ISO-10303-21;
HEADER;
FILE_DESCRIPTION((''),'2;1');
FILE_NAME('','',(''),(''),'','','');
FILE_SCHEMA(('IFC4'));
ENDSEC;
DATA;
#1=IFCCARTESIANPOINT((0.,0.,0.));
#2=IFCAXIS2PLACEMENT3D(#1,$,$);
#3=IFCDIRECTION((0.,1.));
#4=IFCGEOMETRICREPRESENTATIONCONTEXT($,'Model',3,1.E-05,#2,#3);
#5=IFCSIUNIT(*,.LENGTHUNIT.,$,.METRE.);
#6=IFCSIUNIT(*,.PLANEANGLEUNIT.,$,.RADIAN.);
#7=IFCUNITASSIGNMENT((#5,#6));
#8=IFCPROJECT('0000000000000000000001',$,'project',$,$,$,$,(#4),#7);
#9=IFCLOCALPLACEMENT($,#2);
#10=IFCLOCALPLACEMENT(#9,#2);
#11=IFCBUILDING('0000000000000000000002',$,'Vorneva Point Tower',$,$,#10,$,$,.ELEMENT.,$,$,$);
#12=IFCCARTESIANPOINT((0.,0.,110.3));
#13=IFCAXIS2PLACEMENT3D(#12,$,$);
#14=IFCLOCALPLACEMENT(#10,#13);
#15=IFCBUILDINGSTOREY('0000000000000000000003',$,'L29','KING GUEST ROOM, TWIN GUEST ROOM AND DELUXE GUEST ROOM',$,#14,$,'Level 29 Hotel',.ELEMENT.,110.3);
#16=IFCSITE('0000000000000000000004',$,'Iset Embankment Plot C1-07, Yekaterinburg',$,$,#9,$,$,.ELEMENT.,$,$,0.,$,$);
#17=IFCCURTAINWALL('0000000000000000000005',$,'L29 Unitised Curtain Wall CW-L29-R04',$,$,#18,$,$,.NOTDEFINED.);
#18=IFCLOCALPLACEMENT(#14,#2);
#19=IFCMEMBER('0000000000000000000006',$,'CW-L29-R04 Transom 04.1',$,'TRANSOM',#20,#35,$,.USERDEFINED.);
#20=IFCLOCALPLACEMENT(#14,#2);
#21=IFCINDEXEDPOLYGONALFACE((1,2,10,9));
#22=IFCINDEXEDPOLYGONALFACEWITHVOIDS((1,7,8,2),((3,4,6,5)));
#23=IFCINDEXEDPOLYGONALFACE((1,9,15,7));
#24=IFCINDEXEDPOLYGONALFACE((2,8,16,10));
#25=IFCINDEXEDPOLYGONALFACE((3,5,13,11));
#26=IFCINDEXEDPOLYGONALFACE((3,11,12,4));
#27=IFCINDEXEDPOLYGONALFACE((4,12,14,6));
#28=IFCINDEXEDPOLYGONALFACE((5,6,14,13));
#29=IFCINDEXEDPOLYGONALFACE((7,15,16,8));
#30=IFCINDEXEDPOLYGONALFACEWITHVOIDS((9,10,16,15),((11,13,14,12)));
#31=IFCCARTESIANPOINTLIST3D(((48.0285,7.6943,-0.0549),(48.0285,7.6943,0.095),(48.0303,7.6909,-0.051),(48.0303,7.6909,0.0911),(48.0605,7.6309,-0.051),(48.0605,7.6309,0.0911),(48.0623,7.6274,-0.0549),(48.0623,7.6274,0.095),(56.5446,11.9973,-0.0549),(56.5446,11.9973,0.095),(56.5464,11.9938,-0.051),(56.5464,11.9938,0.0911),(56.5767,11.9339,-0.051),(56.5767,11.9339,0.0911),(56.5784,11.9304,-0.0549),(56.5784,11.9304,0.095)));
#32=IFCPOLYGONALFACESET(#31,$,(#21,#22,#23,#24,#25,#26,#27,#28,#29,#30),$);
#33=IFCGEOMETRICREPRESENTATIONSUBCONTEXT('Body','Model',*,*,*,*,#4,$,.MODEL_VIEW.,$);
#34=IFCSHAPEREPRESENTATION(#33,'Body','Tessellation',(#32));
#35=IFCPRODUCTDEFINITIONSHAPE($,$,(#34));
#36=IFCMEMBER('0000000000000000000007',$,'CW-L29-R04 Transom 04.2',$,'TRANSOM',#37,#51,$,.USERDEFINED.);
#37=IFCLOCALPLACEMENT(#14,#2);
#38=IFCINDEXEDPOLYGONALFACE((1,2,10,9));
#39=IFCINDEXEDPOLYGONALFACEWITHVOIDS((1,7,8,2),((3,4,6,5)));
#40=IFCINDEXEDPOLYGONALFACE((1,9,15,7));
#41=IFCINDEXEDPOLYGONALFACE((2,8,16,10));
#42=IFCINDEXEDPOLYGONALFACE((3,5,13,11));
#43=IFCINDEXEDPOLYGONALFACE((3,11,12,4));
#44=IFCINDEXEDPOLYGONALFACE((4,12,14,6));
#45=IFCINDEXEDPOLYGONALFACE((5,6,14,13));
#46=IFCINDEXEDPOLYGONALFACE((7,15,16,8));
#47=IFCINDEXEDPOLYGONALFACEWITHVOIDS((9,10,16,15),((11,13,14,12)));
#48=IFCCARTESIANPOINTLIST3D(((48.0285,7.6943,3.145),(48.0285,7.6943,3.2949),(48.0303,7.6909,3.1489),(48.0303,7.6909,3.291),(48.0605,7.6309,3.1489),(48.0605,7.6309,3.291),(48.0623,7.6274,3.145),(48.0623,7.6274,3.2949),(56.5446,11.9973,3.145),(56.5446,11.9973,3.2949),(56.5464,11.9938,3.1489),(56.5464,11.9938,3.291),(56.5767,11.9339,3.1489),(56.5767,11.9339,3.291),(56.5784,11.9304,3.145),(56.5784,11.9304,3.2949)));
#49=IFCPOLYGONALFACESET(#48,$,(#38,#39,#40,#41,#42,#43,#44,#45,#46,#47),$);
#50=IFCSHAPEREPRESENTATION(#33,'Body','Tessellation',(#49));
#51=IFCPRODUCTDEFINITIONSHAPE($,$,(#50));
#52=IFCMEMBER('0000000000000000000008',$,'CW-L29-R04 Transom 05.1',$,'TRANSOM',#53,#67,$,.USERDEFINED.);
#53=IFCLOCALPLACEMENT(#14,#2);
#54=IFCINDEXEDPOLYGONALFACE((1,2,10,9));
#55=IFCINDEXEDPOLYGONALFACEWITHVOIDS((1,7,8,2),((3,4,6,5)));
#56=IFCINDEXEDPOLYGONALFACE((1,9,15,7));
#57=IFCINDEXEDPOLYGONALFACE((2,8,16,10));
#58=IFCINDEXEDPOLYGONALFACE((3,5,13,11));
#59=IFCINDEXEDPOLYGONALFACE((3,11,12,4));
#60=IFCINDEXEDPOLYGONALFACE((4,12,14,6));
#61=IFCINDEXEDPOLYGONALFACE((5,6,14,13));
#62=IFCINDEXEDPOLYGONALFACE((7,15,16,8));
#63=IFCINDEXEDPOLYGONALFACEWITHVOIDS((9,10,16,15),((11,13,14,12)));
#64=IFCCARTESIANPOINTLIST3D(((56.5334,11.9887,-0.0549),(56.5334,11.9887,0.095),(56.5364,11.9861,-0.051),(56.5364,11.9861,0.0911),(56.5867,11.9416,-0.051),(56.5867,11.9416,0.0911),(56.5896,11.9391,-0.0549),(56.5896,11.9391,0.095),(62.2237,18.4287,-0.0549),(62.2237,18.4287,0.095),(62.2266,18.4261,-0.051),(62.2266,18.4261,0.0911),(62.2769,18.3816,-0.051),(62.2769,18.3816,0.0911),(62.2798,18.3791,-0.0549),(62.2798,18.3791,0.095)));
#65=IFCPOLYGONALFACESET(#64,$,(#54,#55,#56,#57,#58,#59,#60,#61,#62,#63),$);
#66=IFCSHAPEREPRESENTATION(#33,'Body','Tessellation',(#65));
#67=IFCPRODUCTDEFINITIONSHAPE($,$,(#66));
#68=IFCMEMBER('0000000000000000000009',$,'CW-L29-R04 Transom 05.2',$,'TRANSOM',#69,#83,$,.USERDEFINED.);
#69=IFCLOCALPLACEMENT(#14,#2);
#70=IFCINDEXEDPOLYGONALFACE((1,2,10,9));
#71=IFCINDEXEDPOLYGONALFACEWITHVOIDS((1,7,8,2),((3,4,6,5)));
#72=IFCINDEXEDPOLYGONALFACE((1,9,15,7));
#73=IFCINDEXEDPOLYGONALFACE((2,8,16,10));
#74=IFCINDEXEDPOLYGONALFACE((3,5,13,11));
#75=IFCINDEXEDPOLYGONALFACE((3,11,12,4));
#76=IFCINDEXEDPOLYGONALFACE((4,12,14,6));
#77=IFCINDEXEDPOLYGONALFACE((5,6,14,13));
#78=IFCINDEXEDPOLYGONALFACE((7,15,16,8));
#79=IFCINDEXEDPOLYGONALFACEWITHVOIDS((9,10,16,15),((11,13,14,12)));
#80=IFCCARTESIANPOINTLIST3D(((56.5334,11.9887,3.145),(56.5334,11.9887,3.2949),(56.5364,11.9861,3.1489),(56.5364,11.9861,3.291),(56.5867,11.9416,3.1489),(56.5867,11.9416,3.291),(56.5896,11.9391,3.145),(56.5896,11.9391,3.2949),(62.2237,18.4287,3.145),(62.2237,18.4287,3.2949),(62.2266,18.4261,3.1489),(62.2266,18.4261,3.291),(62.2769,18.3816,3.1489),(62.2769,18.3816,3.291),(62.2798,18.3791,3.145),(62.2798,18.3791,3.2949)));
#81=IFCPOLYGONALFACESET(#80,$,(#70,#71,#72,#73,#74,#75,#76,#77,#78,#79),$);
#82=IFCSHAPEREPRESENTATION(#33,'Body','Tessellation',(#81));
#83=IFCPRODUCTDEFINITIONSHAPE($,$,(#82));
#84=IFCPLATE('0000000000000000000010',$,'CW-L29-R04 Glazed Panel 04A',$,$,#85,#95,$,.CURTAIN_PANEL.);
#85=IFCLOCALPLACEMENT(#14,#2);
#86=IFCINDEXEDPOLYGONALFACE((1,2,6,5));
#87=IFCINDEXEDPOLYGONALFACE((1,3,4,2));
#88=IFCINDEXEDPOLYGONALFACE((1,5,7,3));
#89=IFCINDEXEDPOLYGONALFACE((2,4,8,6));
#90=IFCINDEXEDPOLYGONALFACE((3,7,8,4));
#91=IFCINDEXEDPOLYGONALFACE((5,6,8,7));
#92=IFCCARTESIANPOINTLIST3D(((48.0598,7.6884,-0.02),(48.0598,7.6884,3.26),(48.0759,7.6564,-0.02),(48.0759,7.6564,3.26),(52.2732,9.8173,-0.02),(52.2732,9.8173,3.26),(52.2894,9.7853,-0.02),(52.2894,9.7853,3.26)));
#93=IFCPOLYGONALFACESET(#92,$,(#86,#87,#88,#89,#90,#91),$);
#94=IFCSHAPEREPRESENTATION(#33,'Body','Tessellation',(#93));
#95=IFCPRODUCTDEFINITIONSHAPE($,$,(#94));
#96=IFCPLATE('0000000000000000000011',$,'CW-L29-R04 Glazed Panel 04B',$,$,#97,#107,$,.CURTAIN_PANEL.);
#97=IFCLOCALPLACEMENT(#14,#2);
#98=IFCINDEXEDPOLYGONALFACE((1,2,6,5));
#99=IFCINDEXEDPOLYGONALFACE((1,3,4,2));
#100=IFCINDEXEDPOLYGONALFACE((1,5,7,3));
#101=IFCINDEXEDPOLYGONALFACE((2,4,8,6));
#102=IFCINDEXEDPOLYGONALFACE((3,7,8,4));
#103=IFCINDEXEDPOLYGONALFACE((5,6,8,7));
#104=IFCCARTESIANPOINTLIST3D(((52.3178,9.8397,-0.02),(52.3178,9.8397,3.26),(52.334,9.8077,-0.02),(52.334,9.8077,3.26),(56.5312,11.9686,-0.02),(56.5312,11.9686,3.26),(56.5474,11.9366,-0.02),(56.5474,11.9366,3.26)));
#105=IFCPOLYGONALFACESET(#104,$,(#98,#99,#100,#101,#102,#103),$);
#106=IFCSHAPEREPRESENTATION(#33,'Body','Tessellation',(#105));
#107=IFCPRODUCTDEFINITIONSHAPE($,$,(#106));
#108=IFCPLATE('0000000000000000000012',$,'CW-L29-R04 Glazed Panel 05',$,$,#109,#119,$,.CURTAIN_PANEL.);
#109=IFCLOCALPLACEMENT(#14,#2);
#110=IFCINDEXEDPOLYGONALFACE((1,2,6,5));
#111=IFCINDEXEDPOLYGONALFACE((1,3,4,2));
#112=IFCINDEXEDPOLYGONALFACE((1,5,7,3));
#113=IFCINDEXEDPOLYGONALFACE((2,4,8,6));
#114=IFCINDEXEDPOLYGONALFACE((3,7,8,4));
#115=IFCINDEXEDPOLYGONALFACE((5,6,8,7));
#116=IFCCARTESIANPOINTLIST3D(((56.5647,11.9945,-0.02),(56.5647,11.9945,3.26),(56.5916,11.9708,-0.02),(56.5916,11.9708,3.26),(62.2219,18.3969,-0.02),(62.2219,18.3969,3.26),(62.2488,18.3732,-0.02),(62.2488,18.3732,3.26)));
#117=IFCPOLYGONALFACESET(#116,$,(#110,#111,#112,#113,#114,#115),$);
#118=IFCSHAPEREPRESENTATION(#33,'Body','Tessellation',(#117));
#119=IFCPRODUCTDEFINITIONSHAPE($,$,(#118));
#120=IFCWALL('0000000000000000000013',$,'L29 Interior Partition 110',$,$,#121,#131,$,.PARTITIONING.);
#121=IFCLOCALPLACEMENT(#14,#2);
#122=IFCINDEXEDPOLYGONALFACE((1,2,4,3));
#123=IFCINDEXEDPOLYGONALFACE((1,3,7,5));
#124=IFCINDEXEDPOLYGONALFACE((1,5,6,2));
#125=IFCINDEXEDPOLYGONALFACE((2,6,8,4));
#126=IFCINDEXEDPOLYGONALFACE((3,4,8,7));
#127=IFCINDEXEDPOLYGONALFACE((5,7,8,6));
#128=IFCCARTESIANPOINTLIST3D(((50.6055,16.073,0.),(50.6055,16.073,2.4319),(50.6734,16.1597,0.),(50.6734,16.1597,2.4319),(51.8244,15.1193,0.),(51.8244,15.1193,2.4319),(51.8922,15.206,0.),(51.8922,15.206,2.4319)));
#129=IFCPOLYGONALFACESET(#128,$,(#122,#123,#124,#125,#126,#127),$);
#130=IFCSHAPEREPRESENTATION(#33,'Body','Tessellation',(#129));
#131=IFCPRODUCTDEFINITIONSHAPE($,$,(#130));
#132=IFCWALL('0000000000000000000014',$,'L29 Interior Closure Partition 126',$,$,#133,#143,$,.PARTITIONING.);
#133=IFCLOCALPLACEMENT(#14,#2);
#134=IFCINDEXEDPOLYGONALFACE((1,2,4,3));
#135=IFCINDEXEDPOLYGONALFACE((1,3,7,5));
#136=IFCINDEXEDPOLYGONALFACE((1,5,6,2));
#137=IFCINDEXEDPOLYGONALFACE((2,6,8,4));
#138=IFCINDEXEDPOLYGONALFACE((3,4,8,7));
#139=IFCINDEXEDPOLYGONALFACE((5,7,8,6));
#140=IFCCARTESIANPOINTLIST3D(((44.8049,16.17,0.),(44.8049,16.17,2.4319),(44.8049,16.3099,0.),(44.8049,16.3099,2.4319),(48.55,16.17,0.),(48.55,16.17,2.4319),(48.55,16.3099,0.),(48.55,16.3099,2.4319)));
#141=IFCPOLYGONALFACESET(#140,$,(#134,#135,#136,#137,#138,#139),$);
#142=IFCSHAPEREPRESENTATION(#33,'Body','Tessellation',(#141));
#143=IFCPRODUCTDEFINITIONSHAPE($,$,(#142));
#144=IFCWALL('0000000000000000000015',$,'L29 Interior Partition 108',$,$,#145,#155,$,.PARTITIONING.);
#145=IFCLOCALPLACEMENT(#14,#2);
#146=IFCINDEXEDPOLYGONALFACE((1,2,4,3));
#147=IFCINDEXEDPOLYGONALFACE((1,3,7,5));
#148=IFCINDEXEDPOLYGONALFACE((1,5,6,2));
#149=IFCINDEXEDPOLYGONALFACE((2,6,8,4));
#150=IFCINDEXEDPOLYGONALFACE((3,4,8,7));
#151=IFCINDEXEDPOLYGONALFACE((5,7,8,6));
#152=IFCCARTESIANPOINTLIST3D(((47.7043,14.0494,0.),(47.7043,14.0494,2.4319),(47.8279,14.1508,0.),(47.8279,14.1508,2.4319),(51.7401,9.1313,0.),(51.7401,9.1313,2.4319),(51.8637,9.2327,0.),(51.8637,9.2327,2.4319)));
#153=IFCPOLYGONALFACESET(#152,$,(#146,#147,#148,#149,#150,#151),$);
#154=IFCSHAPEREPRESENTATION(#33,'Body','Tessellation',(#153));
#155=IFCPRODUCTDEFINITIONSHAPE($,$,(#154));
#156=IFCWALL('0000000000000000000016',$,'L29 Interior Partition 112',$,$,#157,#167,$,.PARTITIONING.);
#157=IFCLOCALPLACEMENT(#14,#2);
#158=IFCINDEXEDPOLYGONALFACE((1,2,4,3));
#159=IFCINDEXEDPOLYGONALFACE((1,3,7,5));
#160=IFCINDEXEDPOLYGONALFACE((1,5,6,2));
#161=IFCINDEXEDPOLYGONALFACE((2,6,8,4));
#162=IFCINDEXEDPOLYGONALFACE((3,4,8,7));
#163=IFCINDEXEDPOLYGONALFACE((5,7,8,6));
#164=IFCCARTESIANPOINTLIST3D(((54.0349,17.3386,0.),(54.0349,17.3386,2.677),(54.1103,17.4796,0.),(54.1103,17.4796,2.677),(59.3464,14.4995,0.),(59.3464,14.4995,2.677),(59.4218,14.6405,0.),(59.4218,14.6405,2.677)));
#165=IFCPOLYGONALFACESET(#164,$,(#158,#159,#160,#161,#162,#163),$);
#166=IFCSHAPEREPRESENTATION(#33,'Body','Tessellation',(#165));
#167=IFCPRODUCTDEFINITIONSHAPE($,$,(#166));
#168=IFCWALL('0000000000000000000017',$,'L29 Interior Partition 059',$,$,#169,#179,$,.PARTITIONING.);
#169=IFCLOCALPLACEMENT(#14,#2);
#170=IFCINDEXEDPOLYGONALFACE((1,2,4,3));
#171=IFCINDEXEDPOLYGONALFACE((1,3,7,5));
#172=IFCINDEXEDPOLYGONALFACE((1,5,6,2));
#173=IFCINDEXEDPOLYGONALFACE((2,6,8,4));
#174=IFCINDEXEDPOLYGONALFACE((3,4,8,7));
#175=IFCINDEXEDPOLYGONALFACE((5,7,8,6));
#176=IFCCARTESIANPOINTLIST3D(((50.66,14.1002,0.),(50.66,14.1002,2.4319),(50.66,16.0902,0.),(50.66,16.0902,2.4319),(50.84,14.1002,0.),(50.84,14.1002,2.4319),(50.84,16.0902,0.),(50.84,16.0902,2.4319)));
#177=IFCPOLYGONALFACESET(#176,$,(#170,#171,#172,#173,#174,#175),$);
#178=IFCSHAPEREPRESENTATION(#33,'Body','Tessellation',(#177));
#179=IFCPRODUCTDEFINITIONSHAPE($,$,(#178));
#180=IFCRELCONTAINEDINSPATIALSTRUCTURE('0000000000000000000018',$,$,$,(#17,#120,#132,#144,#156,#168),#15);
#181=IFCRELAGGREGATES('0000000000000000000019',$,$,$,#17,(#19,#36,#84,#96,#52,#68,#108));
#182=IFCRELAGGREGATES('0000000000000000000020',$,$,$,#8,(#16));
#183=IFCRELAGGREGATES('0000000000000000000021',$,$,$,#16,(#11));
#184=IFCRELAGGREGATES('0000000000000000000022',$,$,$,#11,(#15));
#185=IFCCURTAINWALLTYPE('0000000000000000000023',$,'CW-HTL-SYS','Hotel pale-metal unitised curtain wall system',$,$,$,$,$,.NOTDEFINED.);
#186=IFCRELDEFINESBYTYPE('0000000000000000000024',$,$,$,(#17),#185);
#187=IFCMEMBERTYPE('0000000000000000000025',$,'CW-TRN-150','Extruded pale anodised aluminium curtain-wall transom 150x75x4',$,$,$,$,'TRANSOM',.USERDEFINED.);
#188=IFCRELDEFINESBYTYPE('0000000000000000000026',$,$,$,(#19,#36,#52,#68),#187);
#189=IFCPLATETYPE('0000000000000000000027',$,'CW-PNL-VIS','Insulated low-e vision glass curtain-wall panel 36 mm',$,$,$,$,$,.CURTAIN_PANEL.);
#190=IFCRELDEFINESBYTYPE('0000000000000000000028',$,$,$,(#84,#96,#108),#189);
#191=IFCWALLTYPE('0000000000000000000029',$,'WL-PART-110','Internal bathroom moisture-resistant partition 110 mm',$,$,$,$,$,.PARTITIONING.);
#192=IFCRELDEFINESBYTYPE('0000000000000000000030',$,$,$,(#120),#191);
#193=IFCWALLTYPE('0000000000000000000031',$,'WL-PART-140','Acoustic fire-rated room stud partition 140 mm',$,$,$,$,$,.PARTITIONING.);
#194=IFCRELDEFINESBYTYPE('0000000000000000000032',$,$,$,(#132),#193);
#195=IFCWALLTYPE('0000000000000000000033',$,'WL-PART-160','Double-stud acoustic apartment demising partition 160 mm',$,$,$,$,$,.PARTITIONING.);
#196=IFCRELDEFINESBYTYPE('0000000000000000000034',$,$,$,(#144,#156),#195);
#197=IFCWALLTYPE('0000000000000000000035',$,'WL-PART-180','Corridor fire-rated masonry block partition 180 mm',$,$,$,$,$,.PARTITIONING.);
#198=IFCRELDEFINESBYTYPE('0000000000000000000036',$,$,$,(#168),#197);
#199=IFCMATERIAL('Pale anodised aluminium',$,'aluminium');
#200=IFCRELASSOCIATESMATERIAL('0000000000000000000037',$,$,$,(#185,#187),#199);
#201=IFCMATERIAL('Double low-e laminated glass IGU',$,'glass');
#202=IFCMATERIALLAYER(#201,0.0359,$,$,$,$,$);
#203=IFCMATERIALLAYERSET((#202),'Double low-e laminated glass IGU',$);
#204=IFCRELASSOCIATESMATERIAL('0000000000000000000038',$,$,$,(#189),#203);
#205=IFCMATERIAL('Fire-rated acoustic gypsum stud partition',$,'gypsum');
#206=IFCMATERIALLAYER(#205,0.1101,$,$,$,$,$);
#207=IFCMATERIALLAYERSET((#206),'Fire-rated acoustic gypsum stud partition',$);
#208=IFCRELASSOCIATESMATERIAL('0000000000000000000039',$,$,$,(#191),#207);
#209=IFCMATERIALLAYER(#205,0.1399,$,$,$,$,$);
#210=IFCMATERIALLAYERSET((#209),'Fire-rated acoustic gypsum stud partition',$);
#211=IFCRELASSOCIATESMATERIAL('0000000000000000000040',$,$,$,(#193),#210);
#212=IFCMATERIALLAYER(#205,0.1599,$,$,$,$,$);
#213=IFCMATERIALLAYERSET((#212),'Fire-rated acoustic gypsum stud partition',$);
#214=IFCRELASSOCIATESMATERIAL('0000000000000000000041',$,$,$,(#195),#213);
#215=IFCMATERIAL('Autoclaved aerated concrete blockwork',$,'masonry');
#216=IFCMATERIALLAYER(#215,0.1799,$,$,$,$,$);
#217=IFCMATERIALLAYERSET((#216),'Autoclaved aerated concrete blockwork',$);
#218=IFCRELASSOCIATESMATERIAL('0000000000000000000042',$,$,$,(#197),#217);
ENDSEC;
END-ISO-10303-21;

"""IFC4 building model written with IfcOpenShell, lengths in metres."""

from ifc_helpers import new_model, si_unit, direction, frame, frame_2d, origin, origin_2d, place, context, subcontext, project, spatial, rectangle, hollow_rectangle, extrude, material, layer, layer_set, material_profile, profile_set, type_object, element, aggregate, save


model = new_model("IFC4")

# Units and contexts
model_context = context("Model", 3, precision=1e-05, world=origin(), true_north=direction((0.0, 1.0)))
body_context = subcontext(model_context, "Body", "Model", "MODEL_VIEW")
ifc_project = project(units=[si_unit("LENGTHUNIT", "METRE"), si_unit("PLANEANGLEUNIT", "RADIAN")], contexts=[model_context])

# Site, building, storey
site_placement = place(None, origin())
site = spatial("IfcSite", under=ifc_project, at=site_placement, Name="Iset Embankment Plot C1-07, Yekaterinburg", CompositionType="ELEMENT", RefElevation=0.0)
building_placement = place(site_placement, origin())
building = spatial("IfcBuilding", under=site, at=building_placement, Name="Vorneva Point Tower", CompositionType="ELEMENT")
storey_placement = place(building_placement, frame((0.0, 0.0, 110.3)))
storey = spatial("IfcBuildingStorey", under=building, at=storey_placement, Name="L29", Description="KING GUEST ROOM, TWIN GUEST ROOM AND DELUXE GUEST ROOM", LongName="Level 29 Hotel", CompositionType="ELEMENT", Elevation=110.3)

# Curtain wall, members, plates
ifc_material_1 = material(Name="Pale anodised aluminium", Category="aluminium")
curtain_wall_type = type_object("IfcCurtainWallType", Name="CW-HTL-SYS", Description="Hotel pale-metal unitised curtain wall system", PredefinedType="NOTDEFINED", material=ifc_material_1)
curtain_wall_placement = place(storey_placement, origin())
curtain_wall = element("IfcCurtainWall", 1, at=curtain_wall_placement, inside=storey, type_object=curtain_wall_type, Name="L29 Unitised Curtain Wall CW-L29-R04", PredefinedType="NOTDEFINED")
ifc_material_profile_1 = material_profile(ifc_material_1, hollow_rectangle(XDim=0.075, YDim=0.1499, WallThickness=0.0039, at=origin_2d()), Name="AL-TRN 150x75x4")
ifc_profile_set_1 = profile_set([ifc_material_profile_1], Name="Pale anodised aluminium")
member_type_1 = type_object("IfcMemberType", Name="CW-TRN-150", Description="Extruded pale anodised aluminium curtain-wall transom 150x75x4", ElementType="TRANSOM", PredefinedType="USERDEFINED", material=ifc_profile_set_1)
member_1_placement = place(storey_placement, frame((48.0454, 7.6609, 0.02), z_axis=(0.892536, 0.450976, 0.0), x_axis=(-0.450976, 0.892536, 0.0)))
member_1 = element("IfcMember", 2, at=member_1_placement, type_object=member_type_1, Name="CW-L29-R04 Transom 04.1", ObjectType="TRANSOM", PredefinedType="USERDEFINED", context=body_context, shape_type="SweptSolid", body=[
    extrude(hollow_rectangle(XDim=0.075, YDim=0.1499, WallThickness=0.0039, at=origin_2d()), origin(), (0.0, 0.0, 1.0), 9.5415),
])
member_2_placement = place(storey_placement, frame((48.0454, 7.6609, 3.22), z_axis=(0.892536, 0.450976, 0.0), x_axis=(-0.450976, 0.892536, 0.0)))
member_2 = element("IfcMember", 3, at=member_2_placement, type_object=member_type_1, Name="CW-L29-R04 Transom 04.2", ObjectType="TRANSOM", PredefinedType="USERDEFINED", context=body_context, shape_type="SweptSolid", body=[
    extrude(hollow_rectangle(XDim=0.075, YDim=0.1499, WallThickness=0.0039, at=origin_2d()), origin(), (0.0, 0.0, 1.0), 9.5415),
])
member_3_placement = place(storey_placement, frame((56.5615, 11.9639, 0.02), z_axis=(0.662137, 0.749383, 0.0), x_axis=(-0.749383, 0.662137, 0.0)))
member_3 = element("IfcMember", 4, at=member_3_placement, type_object=member_type_1, Name="CW-L29-R04 Transom 05.1", ObjectType="TRANSOM", PredefinedType="USERDEFINED", context=body_context, shape_type="SweptSolid", body=[
    extrude(hollow_rectangle(XDim=0.075, YDim=0.1499, WallThickness=0.0039, at=origin_2d()), origin(), (0.0, 0.0, 1.0), 8.5938),
])
member_4_placement = place(storey_placement, frame((56.5615, 11.9639, 3.22), z_axis=(0.662137, 0.749383, 0.0), x_axis=(-0.749383, 0.662137, 0.0)))
member_4 = element("IfcMember", 5, at=member_4_placement, type_object=member_type_1, Name="CW-L29-R04 Transom 05.2", ObjectType="TRANSOM", PredefinedType="USERDEFINED", context=body_context, shape_type="SweptSolid", body=[
    extrude(hollow_rectangle(XDim=0.075, YDim=0.1499, WallThickness=0.0039, at=origin_2d()), origin(), (0.0, 0.0, 1.0), 8.5938),
])
ifc_material_2 = material(Name="Double low-e laminated glass IGU", Category="glass")
ifc_layer_1 = layer(ifc_material_2, 0.0359)
ifc_layer_set_1 = layer_set([ifc_layer_1], Name="Double low-e laminated glass IGU")
plate_type = type_object("IfcPlateType", Name="CW-PNL-VIS", Description="Insulated low-e vision glass curtain-wall panel 36 mm", PredefinedType="CURTAIN_PANEL", material=ifc_layer_set_1)
plate_1_placement = place(storey_placement, frame((50.1746, 8.7368, -0.02), z_axis=(0.0, 0.0, 1.0), x_axis=(0.892539, 0.450971, 0.0)))
plate_1 = element("IfcPlate", 6, at=plate_1_placement, type_object=plate_type, Name="CW-L29-R04 Glazed Panel 04A", PredefinedType="CURTAIN_PANEL", context=body_context, shape_type="SweptSolid", body=[
    extrude(rectangle(XDim=4.7207, YDim=0.0359, at=origin_2d()), origin(), (0.0, 0.0, 1.0), 3.28),
])
plate_2_placement = place(storey_placement, frame((54.4326, 10.8882, -0.02), z_axis=(0.0, 0.0, 1.0), x_axis=(0.892539, 0.450971, 0.0)))
plate_2 = element("IfcPlate", 7, at=plate_2_placement, type_object=plate_type, Name="CW-L29-R04 Glazed Panel 04B", PredefinedType="CURTAIN_PANEL", context=body_context, shape_type="SweptSolid", body=[
    extrude(rectangle(XDim=4.7207, YDim=0.0359, at=origin_2d()), origin(), (0.0, 0.0, 1.0), 3.28),
])
plate_3_placement = place(storey_placement, frame((59.4067, 15.1838, -0.02), z_axis=(0.0, 0.0, 1.0), x_axis=(0.662149, 0.749372, 0.0)))
plate_3 = element("IfcPlate", 8, at=plate_3_placement, type_object=plate_type, Name="CW-L29-R04 Glazed Panel 05", PredefinedType="CURTAIN_PANEL", context=body_context, shape_type="SweptSolid", body=[
    extrude(rectangle(XDim=8.5437, YDim=0.0359, at=origin_2d()), origin(), (0.0, 0.0, 1.0), 3.28),
])
aggregate(curtain_wall, [member_1, member_2, plate_1, plate_2, member_3, member_4, plate_3])

# Walls
ifc_material_3 = material(Name="Fire-rated acoustic gypsum stud partition", Category="gypsum")
ifc_layer_2 = layer(ifc_material_3, 0.1101)
ifc_layer_set_2 = layer_set([ifc_layer_2], Name="Fire-rated acoustic gypsum stud partition")
wall_type_1 = type_object("IfcWallType", Name="WL-PART-110", Description="Internal bathroom moisture-resistant partition 110 mm", PredefinedType="PARTITIONING", material=ifc_layer_set_2)
wall_1_placement = place(storey_placement, frame((51.8584, 15.1626, 0.0), z_axis=(0.0, 0.0, 1.0), x_axis=(-0.787565, 0.616232, 0.0)))
element("IfcWall", 9, at=wall_1_placement, inside=storey, type_object=wall_type_1, Name="L29 Interior Partition 110", PredefinedType="PARTITIONING", context=body_context, shape_type="SweptSolid", body=[
    extrude(rectangle(XDim=1.5476, YDim=0.1101, at=frame_2d((0.7739, 0.0))), origin(), (0.0, 0.0, 1.0), 2.4319),
])
ifc_layer_3 = layer(ifc_material_3, 0.1399)
ifc_layer_set_3 = layer_set([ifc_layer_3], Name="Fire-rated acoustic gypsum stud partition")
wall_type_2 = type_object("IfcWallType", Name="WL-PART-140", Description="Acoustic fire-rated room stud partition 140 mm", PredefinedType="PARTITIONING", material=ifc_layer_set_3)
wall_2_placement = place(storey_placement, frame((48.55, 16.24, 0.0), z_axis=(0.0, 0.0, 1.0), x_axis=(-1.0, 0.0, 0.0)))
element("IfcWall", 10, at=wall_2_placement, inside=storey, type_object=wall_type_2, Name="L29 Interior Closure Partition 126", PredefinedType="PARTITIONING", context=body_context, shape_type="SweptSolid", body=[
    extrude(rectangle(XDim=3.7451, YDim=0.1399, at=frame_2d((1.8726, 0.0))), origin(), (0.0, 0.0, 1.0), 2.4319),
])
ifc_layer_4 = layer(ifc_material_3, 0.1599)
ifc_layer_set_4 = layer_set([ifc_layer_4], Name="Fire-rated acoustic gypsum stud partition")
wall_type_3 = type_object("IfcWallType", Name="WL-PART-160", Description="Double-stud acoustic apartment demising partition 160 mm", PredefinedType="PARTITIONING", material=ifc_layer_set_4)
wall_3_placement = place(storey_placement, frame((51.802, 9.1819, 0.0), z_axis=(0.0, 0.0, 1.0), x_axis=(-0.634357, 0.77304, 0.0)))
element("IfcWall", 11, at=wall_3_placement, inside=storey, type_object=wall_type_3, Name="L29 Interior Partition 108", PredefinedType="PARTITIONING", context=body_context, shape_type="SweptSolid", body=[
    extrude(rectangle(XDim=6.3621, YDim=0.1599, at=frame_2d((3.1812, 0.0))), origin(), (0.0, 0.0, 1.0), 2.4319),
])
wall_4_placement = place(storey_placement, frame((59.384, 14.5701, 0.0), z_axis=(0.0, 0.0, 1.0), x_axis=(-0.881918, 0.471402, 0.0)))
element("IfcWall", 12, at=wall_4_placement, inside=storey, type_object=wall_type_3, Name="L29 Interior Partition 112", PredefinedType="PARTITIONING", context=body_context, shape_type="SweptSolid", body=[
    extrude(rectangle(XDim=6.0227, YDim=0.1599, at=frame_2d((3.0112, 0.0))), origin(), (0.0, 0.0, 1.0), 2.677),
])

# Shared definitions
ifc_material_4 = material(Name="Autoclaved aerated concrete blockwork", Category="masonry")
ifc_layer_5 = layer(ifc_material_4, 0.1799)
ifc_layer_set_5 = layer_set([ifc_layer_5], Name="Autoclaved aerated concrete blockwork")
wall_type_4 = type_object("IfcWallType", Name="WL-PART-180", Description="Corridor fire-rated masonry block partition 180 mm", PredefinedType="PARTITIONING", material=ifc_layer_set_5)

# Wall
wall_5_placement = place(storey_placement, frame((50.75, 14.1001, 0.0), z_axis=(0.0, 0.0, 1.0), x_axis=(0.0, 1.0, 0.0)))
element("IfcWall", 13, at=wall_5_placement, inside=storey, type_object=wall_type_4, Name="L29 Interior Partition 059", PredefinedType="PARTITIONING", context=body_context, shape_type="SweptSolid", body=[
    extrude(rectangle(XDim=1.99, YDim=0.1799, at=frame_2d((0.9951, 0.0))), origin(), (0.0, 0.0, 1.0), 2.4319),
])

save(model, "model.ifc")
